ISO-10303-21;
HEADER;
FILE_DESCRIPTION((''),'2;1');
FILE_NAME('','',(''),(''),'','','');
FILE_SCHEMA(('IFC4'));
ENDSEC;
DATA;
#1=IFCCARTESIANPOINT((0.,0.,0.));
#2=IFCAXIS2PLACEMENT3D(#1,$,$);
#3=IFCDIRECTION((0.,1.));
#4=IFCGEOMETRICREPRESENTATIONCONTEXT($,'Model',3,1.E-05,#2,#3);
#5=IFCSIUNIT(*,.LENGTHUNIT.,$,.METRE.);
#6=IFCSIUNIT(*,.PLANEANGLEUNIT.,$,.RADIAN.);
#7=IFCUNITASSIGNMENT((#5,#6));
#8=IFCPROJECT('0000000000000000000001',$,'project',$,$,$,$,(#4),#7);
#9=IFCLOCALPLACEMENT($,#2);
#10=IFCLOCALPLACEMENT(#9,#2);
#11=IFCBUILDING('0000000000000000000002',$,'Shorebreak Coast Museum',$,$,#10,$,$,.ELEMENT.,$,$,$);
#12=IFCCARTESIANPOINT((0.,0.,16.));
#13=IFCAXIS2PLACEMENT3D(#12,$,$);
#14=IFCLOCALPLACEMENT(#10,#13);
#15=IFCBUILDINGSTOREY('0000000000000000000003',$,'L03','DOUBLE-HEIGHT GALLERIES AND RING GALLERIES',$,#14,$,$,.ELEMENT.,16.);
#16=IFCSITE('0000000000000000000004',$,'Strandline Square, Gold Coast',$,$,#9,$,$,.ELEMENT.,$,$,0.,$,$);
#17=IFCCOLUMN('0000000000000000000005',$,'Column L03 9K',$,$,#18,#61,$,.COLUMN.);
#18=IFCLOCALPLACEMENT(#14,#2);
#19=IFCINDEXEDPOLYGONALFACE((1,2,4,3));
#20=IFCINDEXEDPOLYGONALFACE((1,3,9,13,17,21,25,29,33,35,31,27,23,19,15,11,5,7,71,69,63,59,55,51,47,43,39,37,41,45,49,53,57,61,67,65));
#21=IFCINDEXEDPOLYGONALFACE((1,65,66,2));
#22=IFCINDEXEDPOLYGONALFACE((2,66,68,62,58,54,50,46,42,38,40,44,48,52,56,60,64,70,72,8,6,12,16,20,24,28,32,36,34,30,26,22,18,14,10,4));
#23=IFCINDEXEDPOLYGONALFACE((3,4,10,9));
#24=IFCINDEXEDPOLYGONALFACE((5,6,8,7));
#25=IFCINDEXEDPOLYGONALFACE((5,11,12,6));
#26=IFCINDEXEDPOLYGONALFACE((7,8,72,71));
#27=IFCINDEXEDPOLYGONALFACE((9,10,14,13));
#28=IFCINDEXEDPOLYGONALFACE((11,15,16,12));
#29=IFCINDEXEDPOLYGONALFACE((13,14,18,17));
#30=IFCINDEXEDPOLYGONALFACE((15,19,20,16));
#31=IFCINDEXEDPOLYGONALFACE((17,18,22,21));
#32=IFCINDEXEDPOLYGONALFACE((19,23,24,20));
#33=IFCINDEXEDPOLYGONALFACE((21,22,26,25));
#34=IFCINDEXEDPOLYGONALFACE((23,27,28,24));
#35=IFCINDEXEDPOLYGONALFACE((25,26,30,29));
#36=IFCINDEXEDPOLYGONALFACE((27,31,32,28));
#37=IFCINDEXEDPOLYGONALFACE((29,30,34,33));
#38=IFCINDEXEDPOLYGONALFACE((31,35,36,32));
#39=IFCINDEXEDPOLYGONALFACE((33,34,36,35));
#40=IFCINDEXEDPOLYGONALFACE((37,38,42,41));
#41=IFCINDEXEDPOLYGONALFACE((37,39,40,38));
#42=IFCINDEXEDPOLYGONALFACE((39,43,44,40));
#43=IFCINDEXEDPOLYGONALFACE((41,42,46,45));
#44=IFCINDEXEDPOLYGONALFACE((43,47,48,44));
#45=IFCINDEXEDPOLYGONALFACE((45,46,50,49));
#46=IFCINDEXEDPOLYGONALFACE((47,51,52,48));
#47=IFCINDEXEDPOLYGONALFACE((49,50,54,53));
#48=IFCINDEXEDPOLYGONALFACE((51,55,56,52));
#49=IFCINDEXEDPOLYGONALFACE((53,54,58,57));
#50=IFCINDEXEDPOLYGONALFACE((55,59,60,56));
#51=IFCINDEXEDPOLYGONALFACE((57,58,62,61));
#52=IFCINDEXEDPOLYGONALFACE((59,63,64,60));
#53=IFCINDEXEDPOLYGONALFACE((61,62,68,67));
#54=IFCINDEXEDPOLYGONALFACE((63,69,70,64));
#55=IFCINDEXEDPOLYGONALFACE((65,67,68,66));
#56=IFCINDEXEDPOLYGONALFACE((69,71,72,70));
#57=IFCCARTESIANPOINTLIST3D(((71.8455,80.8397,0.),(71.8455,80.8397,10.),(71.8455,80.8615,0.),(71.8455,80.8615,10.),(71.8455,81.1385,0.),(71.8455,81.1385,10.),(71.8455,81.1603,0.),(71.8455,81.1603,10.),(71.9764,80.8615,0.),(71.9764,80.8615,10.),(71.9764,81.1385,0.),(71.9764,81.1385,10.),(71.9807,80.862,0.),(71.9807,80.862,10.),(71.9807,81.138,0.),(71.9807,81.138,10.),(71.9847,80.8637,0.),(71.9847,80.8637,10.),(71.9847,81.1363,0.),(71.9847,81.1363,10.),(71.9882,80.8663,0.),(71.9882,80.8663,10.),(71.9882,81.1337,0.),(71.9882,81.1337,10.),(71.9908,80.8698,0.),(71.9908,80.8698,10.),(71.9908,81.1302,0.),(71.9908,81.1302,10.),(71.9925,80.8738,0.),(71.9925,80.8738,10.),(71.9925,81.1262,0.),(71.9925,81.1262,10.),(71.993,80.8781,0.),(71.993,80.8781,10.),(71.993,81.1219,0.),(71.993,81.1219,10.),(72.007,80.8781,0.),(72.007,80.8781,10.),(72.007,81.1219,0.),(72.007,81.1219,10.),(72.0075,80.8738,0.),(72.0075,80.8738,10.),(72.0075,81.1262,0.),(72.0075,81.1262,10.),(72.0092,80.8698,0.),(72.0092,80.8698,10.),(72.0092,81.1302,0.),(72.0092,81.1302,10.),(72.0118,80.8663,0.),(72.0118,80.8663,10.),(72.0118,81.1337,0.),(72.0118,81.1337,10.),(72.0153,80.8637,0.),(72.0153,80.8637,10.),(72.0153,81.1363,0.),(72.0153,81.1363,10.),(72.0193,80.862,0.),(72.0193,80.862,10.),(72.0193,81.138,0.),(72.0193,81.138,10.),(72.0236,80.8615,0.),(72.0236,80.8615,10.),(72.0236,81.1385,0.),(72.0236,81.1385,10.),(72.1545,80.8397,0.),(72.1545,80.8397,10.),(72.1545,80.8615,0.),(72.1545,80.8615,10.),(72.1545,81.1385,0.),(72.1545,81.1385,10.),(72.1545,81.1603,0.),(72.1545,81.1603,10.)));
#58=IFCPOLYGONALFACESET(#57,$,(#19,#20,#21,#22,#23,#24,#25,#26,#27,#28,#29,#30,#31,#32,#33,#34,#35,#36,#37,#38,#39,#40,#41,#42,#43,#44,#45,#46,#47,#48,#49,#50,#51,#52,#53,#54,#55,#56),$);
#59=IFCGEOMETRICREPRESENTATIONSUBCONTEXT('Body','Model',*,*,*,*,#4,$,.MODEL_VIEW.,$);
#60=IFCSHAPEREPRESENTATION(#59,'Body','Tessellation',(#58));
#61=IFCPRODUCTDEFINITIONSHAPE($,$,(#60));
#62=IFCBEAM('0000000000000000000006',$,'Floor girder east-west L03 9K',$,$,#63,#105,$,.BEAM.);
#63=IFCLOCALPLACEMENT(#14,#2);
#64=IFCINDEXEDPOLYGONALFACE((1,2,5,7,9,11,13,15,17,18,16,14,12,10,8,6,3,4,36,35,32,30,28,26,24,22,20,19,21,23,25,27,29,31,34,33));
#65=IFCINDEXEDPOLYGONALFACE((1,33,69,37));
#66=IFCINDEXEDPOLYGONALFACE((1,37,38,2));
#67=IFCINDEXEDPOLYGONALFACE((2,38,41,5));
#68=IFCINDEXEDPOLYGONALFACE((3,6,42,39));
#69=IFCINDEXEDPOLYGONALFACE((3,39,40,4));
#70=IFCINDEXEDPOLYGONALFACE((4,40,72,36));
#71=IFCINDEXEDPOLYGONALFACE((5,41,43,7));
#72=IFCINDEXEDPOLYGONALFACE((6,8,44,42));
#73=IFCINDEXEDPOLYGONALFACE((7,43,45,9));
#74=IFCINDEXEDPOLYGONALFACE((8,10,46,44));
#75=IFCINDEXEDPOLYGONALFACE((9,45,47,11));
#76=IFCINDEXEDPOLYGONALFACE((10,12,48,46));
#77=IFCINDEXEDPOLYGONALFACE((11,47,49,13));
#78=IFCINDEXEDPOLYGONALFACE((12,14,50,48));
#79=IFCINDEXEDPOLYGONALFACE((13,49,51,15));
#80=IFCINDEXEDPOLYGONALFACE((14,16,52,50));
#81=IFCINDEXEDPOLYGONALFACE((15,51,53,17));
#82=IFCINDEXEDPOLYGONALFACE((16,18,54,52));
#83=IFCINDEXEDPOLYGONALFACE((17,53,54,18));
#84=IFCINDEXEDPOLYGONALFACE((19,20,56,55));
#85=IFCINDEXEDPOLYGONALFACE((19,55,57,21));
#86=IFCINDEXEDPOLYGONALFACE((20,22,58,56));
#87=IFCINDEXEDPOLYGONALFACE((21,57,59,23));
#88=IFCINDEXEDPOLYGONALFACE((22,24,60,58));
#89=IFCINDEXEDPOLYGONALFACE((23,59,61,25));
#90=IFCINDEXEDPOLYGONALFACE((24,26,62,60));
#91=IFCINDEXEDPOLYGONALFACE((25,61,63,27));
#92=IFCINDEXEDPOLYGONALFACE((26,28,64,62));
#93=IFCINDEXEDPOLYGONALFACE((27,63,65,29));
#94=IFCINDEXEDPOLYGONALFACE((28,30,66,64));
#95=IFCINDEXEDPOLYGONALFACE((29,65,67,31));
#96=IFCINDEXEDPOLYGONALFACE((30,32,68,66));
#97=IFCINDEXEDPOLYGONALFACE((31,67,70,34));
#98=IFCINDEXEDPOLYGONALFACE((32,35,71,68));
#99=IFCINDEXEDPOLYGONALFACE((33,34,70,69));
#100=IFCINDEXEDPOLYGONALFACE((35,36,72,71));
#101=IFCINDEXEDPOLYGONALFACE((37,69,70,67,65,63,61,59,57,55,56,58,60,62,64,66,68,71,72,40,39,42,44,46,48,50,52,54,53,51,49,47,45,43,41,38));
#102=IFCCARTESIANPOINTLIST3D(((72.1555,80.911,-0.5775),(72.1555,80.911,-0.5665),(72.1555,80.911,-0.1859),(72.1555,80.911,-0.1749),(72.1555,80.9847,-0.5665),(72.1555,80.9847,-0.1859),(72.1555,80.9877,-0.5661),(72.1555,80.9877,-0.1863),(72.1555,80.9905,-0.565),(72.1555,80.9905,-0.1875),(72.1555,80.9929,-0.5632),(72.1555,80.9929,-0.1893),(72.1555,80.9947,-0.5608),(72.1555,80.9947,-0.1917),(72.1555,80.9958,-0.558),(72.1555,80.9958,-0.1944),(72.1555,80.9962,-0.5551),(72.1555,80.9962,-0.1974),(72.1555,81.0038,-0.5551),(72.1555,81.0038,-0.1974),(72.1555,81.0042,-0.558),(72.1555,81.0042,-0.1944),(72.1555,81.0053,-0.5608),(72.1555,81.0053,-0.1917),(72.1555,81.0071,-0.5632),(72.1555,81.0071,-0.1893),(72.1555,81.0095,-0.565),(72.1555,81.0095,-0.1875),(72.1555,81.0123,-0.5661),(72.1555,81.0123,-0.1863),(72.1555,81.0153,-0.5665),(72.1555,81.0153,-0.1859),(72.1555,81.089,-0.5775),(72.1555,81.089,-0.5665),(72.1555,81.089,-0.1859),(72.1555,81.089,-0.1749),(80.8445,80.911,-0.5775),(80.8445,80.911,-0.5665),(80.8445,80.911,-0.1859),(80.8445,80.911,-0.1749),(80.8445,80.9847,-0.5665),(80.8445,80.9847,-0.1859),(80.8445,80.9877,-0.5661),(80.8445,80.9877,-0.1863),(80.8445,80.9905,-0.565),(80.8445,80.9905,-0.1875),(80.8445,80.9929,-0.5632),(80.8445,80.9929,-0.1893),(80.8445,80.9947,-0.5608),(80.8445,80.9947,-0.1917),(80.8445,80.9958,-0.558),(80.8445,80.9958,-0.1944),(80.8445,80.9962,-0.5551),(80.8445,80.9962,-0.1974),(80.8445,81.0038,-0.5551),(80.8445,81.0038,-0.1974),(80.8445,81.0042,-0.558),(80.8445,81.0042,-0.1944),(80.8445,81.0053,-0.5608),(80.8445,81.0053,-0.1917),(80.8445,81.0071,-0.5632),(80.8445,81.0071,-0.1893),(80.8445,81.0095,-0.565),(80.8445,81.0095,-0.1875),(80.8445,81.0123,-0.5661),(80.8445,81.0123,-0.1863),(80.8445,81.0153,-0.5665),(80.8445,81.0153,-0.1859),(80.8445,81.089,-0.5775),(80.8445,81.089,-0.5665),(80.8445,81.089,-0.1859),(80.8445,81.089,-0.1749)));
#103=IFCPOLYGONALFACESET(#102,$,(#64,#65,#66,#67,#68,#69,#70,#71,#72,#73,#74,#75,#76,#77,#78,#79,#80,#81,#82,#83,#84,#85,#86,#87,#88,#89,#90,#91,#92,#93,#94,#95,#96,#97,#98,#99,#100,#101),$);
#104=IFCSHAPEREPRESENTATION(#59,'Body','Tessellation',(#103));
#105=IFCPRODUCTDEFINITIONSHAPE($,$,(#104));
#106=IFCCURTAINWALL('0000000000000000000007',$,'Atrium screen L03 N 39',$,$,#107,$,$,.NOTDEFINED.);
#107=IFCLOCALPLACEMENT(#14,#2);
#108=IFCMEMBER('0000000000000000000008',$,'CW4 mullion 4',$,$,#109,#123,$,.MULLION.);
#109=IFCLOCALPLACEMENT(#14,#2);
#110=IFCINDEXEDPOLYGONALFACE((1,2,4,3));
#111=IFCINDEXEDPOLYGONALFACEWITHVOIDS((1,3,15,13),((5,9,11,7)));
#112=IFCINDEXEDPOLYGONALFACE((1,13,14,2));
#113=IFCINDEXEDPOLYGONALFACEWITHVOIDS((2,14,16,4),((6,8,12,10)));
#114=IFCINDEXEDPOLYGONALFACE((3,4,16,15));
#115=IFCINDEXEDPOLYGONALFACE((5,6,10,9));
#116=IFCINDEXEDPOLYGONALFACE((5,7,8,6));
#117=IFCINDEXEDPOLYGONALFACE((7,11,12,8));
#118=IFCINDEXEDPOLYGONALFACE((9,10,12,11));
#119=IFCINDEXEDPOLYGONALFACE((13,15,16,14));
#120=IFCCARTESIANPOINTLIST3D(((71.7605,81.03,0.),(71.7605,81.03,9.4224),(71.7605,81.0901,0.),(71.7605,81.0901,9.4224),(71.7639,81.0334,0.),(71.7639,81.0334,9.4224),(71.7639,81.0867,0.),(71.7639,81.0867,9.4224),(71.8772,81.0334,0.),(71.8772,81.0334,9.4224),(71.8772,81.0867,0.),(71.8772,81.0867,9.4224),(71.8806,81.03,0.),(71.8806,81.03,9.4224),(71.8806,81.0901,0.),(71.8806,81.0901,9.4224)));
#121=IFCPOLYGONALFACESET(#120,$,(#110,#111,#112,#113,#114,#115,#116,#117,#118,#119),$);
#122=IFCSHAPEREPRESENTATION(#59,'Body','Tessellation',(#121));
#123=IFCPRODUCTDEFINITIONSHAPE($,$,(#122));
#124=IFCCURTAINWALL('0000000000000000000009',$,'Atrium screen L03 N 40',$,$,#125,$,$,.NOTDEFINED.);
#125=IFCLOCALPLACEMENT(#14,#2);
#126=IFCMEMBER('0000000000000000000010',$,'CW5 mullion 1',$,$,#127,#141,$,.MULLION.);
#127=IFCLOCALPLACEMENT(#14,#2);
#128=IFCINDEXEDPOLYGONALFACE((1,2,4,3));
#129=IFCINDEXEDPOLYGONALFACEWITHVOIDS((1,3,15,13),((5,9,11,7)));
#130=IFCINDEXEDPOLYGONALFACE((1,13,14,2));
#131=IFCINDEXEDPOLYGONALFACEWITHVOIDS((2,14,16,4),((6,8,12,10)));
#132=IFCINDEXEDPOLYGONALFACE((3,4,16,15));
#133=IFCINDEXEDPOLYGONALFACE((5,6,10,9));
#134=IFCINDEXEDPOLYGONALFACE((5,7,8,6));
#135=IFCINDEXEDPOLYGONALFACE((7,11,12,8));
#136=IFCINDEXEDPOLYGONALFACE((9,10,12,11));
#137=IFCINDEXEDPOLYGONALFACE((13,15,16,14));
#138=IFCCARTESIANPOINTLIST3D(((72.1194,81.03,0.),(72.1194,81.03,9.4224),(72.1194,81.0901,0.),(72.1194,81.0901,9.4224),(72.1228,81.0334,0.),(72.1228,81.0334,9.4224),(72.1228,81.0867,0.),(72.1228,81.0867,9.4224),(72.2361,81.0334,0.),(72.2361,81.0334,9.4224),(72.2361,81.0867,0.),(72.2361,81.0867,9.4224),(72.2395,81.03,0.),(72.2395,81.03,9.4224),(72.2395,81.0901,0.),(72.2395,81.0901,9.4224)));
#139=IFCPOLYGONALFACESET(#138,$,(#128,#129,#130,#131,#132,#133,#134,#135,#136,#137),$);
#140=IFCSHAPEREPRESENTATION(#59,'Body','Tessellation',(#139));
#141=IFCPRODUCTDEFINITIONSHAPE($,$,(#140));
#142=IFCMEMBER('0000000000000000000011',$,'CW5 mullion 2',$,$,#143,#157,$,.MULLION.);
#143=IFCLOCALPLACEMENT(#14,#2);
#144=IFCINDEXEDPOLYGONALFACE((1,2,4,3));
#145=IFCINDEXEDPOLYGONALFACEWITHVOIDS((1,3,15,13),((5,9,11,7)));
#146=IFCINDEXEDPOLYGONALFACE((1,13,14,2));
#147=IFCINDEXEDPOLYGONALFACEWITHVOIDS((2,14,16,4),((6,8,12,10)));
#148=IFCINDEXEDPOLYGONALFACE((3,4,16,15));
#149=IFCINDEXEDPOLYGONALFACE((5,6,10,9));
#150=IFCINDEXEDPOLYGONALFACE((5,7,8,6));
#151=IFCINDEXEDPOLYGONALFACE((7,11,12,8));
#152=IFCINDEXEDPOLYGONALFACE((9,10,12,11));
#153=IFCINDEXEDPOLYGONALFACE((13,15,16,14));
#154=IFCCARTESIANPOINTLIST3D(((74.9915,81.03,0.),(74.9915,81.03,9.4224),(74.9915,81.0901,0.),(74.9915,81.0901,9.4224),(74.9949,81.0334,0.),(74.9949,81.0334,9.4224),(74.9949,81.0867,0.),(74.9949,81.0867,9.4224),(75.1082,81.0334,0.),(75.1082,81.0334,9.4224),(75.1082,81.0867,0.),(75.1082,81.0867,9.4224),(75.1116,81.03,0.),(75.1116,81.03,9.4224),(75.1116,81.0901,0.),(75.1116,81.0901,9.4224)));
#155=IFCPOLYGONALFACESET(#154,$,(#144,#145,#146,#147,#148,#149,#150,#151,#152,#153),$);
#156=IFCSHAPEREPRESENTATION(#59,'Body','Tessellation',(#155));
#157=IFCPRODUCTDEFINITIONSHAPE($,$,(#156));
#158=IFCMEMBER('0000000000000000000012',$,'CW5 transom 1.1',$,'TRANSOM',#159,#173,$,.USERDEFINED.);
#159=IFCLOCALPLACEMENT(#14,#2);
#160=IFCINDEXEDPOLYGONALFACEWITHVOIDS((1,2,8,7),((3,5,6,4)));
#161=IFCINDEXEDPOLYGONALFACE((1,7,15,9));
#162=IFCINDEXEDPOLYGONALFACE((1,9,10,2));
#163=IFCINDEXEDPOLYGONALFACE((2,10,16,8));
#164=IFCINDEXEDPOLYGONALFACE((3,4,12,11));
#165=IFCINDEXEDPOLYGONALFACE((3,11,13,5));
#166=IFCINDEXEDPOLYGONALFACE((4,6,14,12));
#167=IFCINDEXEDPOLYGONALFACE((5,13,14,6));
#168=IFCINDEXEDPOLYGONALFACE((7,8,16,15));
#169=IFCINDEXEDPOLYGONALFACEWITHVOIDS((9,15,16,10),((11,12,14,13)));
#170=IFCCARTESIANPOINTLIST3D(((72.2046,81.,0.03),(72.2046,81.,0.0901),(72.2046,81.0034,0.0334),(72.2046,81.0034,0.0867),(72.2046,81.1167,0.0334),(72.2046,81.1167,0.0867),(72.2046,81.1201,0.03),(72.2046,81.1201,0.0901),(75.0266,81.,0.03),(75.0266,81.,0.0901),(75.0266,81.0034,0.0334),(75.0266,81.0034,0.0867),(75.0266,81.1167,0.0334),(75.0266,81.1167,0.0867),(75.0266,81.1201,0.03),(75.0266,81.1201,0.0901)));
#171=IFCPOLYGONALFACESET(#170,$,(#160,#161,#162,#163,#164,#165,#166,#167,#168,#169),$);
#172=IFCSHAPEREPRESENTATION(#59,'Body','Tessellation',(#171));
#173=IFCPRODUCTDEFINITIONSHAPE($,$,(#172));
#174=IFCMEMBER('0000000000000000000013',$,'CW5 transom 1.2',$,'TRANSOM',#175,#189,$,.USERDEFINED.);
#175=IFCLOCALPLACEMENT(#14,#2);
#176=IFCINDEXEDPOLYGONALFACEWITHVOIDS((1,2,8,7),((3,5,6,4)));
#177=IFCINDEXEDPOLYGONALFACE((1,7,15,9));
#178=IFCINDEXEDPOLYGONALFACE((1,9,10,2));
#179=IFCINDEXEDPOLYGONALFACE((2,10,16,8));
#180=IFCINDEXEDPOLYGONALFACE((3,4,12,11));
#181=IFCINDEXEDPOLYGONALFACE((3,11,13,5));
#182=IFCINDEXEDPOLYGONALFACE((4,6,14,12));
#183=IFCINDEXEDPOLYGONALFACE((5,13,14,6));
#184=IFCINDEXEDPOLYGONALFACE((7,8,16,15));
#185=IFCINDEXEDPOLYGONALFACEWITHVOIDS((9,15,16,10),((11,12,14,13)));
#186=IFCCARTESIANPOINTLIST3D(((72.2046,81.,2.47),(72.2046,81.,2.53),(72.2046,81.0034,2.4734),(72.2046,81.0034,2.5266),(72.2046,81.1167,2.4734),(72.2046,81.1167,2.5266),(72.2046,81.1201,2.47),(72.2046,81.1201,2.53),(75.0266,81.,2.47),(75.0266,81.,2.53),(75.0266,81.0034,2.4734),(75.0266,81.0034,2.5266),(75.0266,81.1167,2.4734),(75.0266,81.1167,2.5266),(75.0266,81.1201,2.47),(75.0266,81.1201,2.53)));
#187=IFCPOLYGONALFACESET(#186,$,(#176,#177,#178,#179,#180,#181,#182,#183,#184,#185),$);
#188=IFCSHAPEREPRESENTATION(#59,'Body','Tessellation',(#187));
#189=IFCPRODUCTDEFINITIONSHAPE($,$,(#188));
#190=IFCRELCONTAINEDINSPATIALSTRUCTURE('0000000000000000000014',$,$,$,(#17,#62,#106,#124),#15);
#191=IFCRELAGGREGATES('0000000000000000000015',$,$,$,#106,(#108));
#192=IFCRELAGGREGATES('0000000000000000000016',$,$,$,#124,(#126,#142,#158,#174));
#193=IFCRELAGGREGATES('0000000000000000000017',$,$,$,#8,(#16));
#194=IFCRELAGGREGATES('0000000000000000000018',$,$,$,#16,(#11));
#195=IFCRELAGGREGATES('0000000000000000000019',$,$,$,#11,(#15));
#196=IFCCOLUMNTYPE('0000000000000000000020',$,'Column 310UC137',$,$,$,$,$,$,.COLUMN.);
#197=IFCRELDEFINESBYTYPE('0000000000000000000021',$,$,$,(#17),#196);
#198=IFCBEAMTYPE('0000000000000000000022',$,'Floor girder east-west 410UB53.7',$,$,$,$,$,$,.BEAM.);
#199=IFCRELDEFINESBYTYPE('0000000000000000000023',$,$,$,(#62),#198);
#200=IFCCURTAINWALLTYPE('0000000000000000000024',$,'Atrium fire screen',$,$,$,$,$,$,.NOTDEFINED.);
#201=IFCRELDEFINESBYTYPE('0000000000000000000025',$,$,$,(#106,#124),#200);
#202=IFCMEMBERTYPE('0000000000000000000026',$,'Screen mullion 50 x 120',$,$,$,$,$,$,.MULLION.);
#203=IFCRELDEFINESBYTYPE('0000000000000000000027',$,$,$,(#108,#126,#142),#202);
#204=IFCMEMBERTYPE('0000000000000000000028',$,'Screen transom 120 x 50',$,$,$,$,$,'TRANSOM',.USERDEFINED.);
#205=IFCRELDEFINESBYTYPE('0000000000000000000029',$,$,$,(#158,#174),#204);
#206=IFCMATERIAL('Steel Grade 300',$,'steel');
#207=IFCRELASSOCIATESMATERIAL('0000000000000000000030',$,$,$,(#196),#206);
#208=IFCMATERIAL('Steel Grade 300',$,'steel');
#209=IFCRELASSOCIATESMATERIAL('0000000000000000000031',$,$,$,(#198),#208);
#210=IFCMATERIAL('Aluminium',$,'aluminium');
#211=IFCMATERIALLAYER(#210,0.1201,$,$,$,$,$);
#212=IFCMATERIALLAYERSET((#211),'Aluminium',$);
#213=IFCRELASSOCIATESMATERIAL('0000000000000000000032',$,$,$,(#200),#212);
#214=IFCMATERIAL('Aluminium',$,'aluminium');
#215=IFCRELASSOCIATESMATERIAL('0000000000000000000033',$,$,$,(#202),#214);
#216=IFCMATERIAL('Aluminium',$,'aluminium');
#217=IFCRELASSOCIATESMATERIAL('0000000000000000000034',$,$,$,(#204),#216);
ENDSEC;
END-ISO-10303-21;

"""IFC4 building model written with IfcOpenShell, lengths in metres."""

from ifc_helpers import new_model, si_unit, direction, frame, origin, origin_2d, place, context, subcontext, project, spatial, hollow_rectangle, i_section, extrude, material, layer, layer_set, material_profile, profile_set, type_object, element, aggregate, save


model = new_model("IFC4")

# Units and contexts
model_context = context("Model", 3, precision=1e-05, world=origin(), true_north=direction((0.0, 1.0)))
body_context = subcontext(model_context, "Body", "Model", "MODEL_VIEW")
ifc_project = project(units=[si_unit("LENGTHUNIT", "METRE"), si_unit("PLANEANGLEUNIT", "RADIAN")], contexts=[model_context])

# Site, building, storey
site_placement = place(None, origin())
site = spatial("IfcSite", under=ifc_project, at=site_placement, Name="Strandline Square, Gold Coast", CompositionType="ELEMENT", RefElevation=0.0)
building_placement = place(site_placement, origin())
building = spatial("IfcBuilding", under=site, at=building_placement, Name="Shorebreak Coast Museum", CompositionType="ELEMENT")
storey_placement = place(building_placement, frame((0.0, 0.0, 16.0)))
storey = spatial("IfcBuildingStorey", under=building, at=storey_placement, Name="L03", Description="DOUBLE-HEIGHT GALLERIES AND RING GALLERIES", CompositionType="ELEMENT", Elevation=16.0)

# Column
ifc_material_1 = material(Name="Steel Grade 300", Category="steel")
ifc_material_profile_1 = material_profile(ifc_material_1, i_section(OverallWidth=0.3091, OverallDepth=0.3206, WebThickness=0.0139, FlangeThickness=0.0217, FilletRadius=0.0166, at=origin_2d()), Name="310UC137")
ifc_profile_set_1 = profile_set([ifc_material_profile_1], Name="Steel Grade 300")
column_type = type_object("IfcColumnType", Name="Column 310UC137", PredefinedType="COLUMN", material=ifc_profile_set_1)
column_placement = place(storey_placement, frame((72.0, 81.0, 0.0), z_axis=(0.0, 0.0, 1.0), x_axis=(1.0, 0.0, 0.0)))
element("IfcColumn", 1, at=column_placement, inside=storey, type_object=column_type, Name="Column L03 9K", PredefinedType="COLUMN", context=body_context, shape_type="SweptSolid", body=[
    extrude(i_section(OverallWidth=0.3091, OverallDepth=0.3206, WebThickness=0.0139, FlangeThickness=0.0217, FilletRadius=0.0166, at=origin_2d()), origin(), (0.0, 0.0, 1.0), 10.0),
])

# Beam
ifc_material_2 = material(Name="Steel Grade 300", Category="steel")
ifc_material_profile_2 = material_profile(ifc_material_2, i_section(OverallWidth=0.178, OverallDepth=0.4026, WebThickness=0.0076, FlangeThickness=0.011, FilletRadius=0.0115, at=origin_2d()), Name="410UB53.7")
ifc_profile_set_2 = profile_set([ifc_material_profile_2], Name="Steel Grade 300")
beam_type = type_object("IfcBeamType", Name="Floor girder east-west 410UB53.7", PredefinedType="BEAM", material=ifc_profile_set_2)
beam_placement = place(storey_placement, frame((72.1555, 81.0, -0.3762), z_axis=(1.0, 0.0, 0.0), x_axis=(0.0, 1.0, 0.0)))
element("IfcBeam", 2, at=beam_placement, inside=storey, type_object=beam_type, Name="Floor girder east-west L03 9K", PredefinedType="BEAM", context=body_context, shape_type="SweptSolid", body=[
    extrude(i_section(OverallWidth=0.178, OverallDepth=0.4026, WebThickness=0.0076, FlangeThickness=0.011, FilletRadius=0.0115, at=origin_2d()), origin(), (0.0, 0.0, 1.0), 8.689),
])

# Curtain wall, member
ifc_material_3 = material(Name="Aluminium", Category="aluminium")
ifc_layer_1 = layer(ifc_material_3, 0.1201)
ifc_layer_set_1 = layer_set([ifc_layer_1], Name="Aluminium")
curtain_wall_type = type_object("IfcCurtainWallType", Name="Atrium fire screen", PredefinedType="NOTDEFINED", material=ifc_layer_set_1)
curtain_wall_1_placement = place(storey_placement, origin())
curtain_wall_1 = element("IfcCurtainWall", 3, at=curtain_wall_1_placement, inside=storey, type_object=curtain_wall_type, Name="Atrium screen L03 N 39", PredefinedType="NOTDEFINED")
ifc_material_4 = material(Name="Aluminium", Category="aluminium")
ifc_material_profile_3 = material_profile(ifc_material_4, hollow_rectangle(XDim=0.0601, YDim=0.1201, WallThickness=0.0034, at=origin_2d()), Name="AL 120x60 RHS")
ifc_profile_set_3 = profile_set([ifc_material_profile_3], Name="Aluminium")
member_type_1 = type_object("IfcMemberType", Name="Screen mullion 50 x 120", PredefinedType="MULLION", material=ifc_profile_set_3)
member_1_placement = place(storey_placement, frame((71.8206, 81.0601, 0.0), z_axis=(0.0, 0.0, 1.0), x_axis=(0.0, 1.0, 0.0)))
member_1 = element("IfcMember", 4, at=member_1_placement, type_object=member_type_1, Name="CW4 mullion 4", PredefinedType="MULLION", context=body_context, shape_type="SweptSolid", body=[
    extrude(hollow_rectangle(XDim=0.0601, YDim=0.1201, WallThickness=0.0034, at=origin_2d()), origin(), (0.0, 0.0, 1.0), 9.4224),
])

# Curtain wall, members
curtain_wall_2_placement = place(storey_placement, origin())
curtain_wall_2 = element("IfcCurtainWall", 5, at=curtain_wall_2_placement, inside=storey, type_object=curtain_wall_type, Name="Atrium screen L03 N 40", PredefinedType="NOTDEFINED")
member_2_placement = place(storey_placement, frame((72.1794, 81.0601, 0.0), z_axis=(0.0, 0.0, 1.0), x_axis=(0.0, 1.0, 0.0)))
member_2 = element("IfcMember", 6, at=member_2_placement, type_object=member_type_1, Name="CW5 mullion 1", PredefinedType="MULLION", context=body_context, shape_type="SweptSolid", body=[
    extrude(hollow_rectangle(XDim=0.0601, YDim=0.1201, WallThickness=0.0034, at=origin_2d()), origin(), (0.0, 0.0, 1.0), 9.4224),
])
member_3_placement = place(storey_placement, frame((75.0515, 81.0601, 0.0), z_axis=(0.0, 0.0, 1.0), x_axis=(0.0, 1.0, 0.0)))
member_3 = element("IfcMember", 7, at=member_3_placement, type_object=member_type_1, Name="CW5 mullion 2", PredefinedType="MULLION", context=body_context, shape_type="SweptSolid", body=[
    extrude(hollow_rectangle(XDim=0.0601, YDim=0.1201, WallThickness=0.0034, at=origin_2d()), origin(), (0.0, 0.0, 1.0), 9.4224),
])
ifc_material_5 = material(Name="Aluminium", Category="aluminium")
ifc_material_profile_4 = material_profile(ifc_material_5, hollow_rectangle(XDim=0.1201, YDim=0.0601, WallThickness=0.0034, at=origin_2d()), Name="AL 60x120 RHS")
ifc_profile_set_4 = profile_set([ifc_material_profile_4], Name="Aluminium")
member_type_2 = type_object("IfcMemberType", Name="Screen transom 120 x 50", ElementType="TRANSOM", PredefinedType="USERDEFINED", material=ifc_profile_set_4)
member_4_placement = place(storey_placement, frame((72.2046, 81.0601, 0.0601), z_axis=(1.0, 0.0, 0.0), x_axis=(0.0, 1.0, 0.0)))
member_4 = element("IfcMember", 8, at=member_4_placement, type_object=member_type_2, Name="CW5 transom 1.1", ObjectType="TRANSOM", PredefinedType="USERDEFINED", context=body_context, shape_type="SweptSolid", body=[
    extrude(hollow_rectangle(XDim=0.1201, YDim=0.0601, WallThickness=0.0034, at=origin_2d()), origin(), (0.0, 0.0, 1.0), 2.822),
])
member_5_placement = place(storey_placement, frame((72.2046, 81.0601, 2.5), z_axis=(1.0, 0.0, 0.0), x_axis=(0.0, 1.0, 0.0)))
member_5 = element("IfcMember", 9, at=member_5_placement, type_object=member_type_2, Name="CW5 transom 1.2", ObjectType="TRANSOM", PredefinedType="USERDEFINED", context=body_context, shape_type="SweptSolid", body=[
    extrude(hollow_rectangle(XDim=0.1201, YDim=0.0601, WallThickness=0.0034, at=origin_2d()), origin(), (0.0, 0.0, 1.0), 2.822),
])

aggregate(curtain_wall_1, [member_1])
aggregate(curtain_wall_2, [member_2, member_3, member_4, member_5])

save(model, "model.ifc")
